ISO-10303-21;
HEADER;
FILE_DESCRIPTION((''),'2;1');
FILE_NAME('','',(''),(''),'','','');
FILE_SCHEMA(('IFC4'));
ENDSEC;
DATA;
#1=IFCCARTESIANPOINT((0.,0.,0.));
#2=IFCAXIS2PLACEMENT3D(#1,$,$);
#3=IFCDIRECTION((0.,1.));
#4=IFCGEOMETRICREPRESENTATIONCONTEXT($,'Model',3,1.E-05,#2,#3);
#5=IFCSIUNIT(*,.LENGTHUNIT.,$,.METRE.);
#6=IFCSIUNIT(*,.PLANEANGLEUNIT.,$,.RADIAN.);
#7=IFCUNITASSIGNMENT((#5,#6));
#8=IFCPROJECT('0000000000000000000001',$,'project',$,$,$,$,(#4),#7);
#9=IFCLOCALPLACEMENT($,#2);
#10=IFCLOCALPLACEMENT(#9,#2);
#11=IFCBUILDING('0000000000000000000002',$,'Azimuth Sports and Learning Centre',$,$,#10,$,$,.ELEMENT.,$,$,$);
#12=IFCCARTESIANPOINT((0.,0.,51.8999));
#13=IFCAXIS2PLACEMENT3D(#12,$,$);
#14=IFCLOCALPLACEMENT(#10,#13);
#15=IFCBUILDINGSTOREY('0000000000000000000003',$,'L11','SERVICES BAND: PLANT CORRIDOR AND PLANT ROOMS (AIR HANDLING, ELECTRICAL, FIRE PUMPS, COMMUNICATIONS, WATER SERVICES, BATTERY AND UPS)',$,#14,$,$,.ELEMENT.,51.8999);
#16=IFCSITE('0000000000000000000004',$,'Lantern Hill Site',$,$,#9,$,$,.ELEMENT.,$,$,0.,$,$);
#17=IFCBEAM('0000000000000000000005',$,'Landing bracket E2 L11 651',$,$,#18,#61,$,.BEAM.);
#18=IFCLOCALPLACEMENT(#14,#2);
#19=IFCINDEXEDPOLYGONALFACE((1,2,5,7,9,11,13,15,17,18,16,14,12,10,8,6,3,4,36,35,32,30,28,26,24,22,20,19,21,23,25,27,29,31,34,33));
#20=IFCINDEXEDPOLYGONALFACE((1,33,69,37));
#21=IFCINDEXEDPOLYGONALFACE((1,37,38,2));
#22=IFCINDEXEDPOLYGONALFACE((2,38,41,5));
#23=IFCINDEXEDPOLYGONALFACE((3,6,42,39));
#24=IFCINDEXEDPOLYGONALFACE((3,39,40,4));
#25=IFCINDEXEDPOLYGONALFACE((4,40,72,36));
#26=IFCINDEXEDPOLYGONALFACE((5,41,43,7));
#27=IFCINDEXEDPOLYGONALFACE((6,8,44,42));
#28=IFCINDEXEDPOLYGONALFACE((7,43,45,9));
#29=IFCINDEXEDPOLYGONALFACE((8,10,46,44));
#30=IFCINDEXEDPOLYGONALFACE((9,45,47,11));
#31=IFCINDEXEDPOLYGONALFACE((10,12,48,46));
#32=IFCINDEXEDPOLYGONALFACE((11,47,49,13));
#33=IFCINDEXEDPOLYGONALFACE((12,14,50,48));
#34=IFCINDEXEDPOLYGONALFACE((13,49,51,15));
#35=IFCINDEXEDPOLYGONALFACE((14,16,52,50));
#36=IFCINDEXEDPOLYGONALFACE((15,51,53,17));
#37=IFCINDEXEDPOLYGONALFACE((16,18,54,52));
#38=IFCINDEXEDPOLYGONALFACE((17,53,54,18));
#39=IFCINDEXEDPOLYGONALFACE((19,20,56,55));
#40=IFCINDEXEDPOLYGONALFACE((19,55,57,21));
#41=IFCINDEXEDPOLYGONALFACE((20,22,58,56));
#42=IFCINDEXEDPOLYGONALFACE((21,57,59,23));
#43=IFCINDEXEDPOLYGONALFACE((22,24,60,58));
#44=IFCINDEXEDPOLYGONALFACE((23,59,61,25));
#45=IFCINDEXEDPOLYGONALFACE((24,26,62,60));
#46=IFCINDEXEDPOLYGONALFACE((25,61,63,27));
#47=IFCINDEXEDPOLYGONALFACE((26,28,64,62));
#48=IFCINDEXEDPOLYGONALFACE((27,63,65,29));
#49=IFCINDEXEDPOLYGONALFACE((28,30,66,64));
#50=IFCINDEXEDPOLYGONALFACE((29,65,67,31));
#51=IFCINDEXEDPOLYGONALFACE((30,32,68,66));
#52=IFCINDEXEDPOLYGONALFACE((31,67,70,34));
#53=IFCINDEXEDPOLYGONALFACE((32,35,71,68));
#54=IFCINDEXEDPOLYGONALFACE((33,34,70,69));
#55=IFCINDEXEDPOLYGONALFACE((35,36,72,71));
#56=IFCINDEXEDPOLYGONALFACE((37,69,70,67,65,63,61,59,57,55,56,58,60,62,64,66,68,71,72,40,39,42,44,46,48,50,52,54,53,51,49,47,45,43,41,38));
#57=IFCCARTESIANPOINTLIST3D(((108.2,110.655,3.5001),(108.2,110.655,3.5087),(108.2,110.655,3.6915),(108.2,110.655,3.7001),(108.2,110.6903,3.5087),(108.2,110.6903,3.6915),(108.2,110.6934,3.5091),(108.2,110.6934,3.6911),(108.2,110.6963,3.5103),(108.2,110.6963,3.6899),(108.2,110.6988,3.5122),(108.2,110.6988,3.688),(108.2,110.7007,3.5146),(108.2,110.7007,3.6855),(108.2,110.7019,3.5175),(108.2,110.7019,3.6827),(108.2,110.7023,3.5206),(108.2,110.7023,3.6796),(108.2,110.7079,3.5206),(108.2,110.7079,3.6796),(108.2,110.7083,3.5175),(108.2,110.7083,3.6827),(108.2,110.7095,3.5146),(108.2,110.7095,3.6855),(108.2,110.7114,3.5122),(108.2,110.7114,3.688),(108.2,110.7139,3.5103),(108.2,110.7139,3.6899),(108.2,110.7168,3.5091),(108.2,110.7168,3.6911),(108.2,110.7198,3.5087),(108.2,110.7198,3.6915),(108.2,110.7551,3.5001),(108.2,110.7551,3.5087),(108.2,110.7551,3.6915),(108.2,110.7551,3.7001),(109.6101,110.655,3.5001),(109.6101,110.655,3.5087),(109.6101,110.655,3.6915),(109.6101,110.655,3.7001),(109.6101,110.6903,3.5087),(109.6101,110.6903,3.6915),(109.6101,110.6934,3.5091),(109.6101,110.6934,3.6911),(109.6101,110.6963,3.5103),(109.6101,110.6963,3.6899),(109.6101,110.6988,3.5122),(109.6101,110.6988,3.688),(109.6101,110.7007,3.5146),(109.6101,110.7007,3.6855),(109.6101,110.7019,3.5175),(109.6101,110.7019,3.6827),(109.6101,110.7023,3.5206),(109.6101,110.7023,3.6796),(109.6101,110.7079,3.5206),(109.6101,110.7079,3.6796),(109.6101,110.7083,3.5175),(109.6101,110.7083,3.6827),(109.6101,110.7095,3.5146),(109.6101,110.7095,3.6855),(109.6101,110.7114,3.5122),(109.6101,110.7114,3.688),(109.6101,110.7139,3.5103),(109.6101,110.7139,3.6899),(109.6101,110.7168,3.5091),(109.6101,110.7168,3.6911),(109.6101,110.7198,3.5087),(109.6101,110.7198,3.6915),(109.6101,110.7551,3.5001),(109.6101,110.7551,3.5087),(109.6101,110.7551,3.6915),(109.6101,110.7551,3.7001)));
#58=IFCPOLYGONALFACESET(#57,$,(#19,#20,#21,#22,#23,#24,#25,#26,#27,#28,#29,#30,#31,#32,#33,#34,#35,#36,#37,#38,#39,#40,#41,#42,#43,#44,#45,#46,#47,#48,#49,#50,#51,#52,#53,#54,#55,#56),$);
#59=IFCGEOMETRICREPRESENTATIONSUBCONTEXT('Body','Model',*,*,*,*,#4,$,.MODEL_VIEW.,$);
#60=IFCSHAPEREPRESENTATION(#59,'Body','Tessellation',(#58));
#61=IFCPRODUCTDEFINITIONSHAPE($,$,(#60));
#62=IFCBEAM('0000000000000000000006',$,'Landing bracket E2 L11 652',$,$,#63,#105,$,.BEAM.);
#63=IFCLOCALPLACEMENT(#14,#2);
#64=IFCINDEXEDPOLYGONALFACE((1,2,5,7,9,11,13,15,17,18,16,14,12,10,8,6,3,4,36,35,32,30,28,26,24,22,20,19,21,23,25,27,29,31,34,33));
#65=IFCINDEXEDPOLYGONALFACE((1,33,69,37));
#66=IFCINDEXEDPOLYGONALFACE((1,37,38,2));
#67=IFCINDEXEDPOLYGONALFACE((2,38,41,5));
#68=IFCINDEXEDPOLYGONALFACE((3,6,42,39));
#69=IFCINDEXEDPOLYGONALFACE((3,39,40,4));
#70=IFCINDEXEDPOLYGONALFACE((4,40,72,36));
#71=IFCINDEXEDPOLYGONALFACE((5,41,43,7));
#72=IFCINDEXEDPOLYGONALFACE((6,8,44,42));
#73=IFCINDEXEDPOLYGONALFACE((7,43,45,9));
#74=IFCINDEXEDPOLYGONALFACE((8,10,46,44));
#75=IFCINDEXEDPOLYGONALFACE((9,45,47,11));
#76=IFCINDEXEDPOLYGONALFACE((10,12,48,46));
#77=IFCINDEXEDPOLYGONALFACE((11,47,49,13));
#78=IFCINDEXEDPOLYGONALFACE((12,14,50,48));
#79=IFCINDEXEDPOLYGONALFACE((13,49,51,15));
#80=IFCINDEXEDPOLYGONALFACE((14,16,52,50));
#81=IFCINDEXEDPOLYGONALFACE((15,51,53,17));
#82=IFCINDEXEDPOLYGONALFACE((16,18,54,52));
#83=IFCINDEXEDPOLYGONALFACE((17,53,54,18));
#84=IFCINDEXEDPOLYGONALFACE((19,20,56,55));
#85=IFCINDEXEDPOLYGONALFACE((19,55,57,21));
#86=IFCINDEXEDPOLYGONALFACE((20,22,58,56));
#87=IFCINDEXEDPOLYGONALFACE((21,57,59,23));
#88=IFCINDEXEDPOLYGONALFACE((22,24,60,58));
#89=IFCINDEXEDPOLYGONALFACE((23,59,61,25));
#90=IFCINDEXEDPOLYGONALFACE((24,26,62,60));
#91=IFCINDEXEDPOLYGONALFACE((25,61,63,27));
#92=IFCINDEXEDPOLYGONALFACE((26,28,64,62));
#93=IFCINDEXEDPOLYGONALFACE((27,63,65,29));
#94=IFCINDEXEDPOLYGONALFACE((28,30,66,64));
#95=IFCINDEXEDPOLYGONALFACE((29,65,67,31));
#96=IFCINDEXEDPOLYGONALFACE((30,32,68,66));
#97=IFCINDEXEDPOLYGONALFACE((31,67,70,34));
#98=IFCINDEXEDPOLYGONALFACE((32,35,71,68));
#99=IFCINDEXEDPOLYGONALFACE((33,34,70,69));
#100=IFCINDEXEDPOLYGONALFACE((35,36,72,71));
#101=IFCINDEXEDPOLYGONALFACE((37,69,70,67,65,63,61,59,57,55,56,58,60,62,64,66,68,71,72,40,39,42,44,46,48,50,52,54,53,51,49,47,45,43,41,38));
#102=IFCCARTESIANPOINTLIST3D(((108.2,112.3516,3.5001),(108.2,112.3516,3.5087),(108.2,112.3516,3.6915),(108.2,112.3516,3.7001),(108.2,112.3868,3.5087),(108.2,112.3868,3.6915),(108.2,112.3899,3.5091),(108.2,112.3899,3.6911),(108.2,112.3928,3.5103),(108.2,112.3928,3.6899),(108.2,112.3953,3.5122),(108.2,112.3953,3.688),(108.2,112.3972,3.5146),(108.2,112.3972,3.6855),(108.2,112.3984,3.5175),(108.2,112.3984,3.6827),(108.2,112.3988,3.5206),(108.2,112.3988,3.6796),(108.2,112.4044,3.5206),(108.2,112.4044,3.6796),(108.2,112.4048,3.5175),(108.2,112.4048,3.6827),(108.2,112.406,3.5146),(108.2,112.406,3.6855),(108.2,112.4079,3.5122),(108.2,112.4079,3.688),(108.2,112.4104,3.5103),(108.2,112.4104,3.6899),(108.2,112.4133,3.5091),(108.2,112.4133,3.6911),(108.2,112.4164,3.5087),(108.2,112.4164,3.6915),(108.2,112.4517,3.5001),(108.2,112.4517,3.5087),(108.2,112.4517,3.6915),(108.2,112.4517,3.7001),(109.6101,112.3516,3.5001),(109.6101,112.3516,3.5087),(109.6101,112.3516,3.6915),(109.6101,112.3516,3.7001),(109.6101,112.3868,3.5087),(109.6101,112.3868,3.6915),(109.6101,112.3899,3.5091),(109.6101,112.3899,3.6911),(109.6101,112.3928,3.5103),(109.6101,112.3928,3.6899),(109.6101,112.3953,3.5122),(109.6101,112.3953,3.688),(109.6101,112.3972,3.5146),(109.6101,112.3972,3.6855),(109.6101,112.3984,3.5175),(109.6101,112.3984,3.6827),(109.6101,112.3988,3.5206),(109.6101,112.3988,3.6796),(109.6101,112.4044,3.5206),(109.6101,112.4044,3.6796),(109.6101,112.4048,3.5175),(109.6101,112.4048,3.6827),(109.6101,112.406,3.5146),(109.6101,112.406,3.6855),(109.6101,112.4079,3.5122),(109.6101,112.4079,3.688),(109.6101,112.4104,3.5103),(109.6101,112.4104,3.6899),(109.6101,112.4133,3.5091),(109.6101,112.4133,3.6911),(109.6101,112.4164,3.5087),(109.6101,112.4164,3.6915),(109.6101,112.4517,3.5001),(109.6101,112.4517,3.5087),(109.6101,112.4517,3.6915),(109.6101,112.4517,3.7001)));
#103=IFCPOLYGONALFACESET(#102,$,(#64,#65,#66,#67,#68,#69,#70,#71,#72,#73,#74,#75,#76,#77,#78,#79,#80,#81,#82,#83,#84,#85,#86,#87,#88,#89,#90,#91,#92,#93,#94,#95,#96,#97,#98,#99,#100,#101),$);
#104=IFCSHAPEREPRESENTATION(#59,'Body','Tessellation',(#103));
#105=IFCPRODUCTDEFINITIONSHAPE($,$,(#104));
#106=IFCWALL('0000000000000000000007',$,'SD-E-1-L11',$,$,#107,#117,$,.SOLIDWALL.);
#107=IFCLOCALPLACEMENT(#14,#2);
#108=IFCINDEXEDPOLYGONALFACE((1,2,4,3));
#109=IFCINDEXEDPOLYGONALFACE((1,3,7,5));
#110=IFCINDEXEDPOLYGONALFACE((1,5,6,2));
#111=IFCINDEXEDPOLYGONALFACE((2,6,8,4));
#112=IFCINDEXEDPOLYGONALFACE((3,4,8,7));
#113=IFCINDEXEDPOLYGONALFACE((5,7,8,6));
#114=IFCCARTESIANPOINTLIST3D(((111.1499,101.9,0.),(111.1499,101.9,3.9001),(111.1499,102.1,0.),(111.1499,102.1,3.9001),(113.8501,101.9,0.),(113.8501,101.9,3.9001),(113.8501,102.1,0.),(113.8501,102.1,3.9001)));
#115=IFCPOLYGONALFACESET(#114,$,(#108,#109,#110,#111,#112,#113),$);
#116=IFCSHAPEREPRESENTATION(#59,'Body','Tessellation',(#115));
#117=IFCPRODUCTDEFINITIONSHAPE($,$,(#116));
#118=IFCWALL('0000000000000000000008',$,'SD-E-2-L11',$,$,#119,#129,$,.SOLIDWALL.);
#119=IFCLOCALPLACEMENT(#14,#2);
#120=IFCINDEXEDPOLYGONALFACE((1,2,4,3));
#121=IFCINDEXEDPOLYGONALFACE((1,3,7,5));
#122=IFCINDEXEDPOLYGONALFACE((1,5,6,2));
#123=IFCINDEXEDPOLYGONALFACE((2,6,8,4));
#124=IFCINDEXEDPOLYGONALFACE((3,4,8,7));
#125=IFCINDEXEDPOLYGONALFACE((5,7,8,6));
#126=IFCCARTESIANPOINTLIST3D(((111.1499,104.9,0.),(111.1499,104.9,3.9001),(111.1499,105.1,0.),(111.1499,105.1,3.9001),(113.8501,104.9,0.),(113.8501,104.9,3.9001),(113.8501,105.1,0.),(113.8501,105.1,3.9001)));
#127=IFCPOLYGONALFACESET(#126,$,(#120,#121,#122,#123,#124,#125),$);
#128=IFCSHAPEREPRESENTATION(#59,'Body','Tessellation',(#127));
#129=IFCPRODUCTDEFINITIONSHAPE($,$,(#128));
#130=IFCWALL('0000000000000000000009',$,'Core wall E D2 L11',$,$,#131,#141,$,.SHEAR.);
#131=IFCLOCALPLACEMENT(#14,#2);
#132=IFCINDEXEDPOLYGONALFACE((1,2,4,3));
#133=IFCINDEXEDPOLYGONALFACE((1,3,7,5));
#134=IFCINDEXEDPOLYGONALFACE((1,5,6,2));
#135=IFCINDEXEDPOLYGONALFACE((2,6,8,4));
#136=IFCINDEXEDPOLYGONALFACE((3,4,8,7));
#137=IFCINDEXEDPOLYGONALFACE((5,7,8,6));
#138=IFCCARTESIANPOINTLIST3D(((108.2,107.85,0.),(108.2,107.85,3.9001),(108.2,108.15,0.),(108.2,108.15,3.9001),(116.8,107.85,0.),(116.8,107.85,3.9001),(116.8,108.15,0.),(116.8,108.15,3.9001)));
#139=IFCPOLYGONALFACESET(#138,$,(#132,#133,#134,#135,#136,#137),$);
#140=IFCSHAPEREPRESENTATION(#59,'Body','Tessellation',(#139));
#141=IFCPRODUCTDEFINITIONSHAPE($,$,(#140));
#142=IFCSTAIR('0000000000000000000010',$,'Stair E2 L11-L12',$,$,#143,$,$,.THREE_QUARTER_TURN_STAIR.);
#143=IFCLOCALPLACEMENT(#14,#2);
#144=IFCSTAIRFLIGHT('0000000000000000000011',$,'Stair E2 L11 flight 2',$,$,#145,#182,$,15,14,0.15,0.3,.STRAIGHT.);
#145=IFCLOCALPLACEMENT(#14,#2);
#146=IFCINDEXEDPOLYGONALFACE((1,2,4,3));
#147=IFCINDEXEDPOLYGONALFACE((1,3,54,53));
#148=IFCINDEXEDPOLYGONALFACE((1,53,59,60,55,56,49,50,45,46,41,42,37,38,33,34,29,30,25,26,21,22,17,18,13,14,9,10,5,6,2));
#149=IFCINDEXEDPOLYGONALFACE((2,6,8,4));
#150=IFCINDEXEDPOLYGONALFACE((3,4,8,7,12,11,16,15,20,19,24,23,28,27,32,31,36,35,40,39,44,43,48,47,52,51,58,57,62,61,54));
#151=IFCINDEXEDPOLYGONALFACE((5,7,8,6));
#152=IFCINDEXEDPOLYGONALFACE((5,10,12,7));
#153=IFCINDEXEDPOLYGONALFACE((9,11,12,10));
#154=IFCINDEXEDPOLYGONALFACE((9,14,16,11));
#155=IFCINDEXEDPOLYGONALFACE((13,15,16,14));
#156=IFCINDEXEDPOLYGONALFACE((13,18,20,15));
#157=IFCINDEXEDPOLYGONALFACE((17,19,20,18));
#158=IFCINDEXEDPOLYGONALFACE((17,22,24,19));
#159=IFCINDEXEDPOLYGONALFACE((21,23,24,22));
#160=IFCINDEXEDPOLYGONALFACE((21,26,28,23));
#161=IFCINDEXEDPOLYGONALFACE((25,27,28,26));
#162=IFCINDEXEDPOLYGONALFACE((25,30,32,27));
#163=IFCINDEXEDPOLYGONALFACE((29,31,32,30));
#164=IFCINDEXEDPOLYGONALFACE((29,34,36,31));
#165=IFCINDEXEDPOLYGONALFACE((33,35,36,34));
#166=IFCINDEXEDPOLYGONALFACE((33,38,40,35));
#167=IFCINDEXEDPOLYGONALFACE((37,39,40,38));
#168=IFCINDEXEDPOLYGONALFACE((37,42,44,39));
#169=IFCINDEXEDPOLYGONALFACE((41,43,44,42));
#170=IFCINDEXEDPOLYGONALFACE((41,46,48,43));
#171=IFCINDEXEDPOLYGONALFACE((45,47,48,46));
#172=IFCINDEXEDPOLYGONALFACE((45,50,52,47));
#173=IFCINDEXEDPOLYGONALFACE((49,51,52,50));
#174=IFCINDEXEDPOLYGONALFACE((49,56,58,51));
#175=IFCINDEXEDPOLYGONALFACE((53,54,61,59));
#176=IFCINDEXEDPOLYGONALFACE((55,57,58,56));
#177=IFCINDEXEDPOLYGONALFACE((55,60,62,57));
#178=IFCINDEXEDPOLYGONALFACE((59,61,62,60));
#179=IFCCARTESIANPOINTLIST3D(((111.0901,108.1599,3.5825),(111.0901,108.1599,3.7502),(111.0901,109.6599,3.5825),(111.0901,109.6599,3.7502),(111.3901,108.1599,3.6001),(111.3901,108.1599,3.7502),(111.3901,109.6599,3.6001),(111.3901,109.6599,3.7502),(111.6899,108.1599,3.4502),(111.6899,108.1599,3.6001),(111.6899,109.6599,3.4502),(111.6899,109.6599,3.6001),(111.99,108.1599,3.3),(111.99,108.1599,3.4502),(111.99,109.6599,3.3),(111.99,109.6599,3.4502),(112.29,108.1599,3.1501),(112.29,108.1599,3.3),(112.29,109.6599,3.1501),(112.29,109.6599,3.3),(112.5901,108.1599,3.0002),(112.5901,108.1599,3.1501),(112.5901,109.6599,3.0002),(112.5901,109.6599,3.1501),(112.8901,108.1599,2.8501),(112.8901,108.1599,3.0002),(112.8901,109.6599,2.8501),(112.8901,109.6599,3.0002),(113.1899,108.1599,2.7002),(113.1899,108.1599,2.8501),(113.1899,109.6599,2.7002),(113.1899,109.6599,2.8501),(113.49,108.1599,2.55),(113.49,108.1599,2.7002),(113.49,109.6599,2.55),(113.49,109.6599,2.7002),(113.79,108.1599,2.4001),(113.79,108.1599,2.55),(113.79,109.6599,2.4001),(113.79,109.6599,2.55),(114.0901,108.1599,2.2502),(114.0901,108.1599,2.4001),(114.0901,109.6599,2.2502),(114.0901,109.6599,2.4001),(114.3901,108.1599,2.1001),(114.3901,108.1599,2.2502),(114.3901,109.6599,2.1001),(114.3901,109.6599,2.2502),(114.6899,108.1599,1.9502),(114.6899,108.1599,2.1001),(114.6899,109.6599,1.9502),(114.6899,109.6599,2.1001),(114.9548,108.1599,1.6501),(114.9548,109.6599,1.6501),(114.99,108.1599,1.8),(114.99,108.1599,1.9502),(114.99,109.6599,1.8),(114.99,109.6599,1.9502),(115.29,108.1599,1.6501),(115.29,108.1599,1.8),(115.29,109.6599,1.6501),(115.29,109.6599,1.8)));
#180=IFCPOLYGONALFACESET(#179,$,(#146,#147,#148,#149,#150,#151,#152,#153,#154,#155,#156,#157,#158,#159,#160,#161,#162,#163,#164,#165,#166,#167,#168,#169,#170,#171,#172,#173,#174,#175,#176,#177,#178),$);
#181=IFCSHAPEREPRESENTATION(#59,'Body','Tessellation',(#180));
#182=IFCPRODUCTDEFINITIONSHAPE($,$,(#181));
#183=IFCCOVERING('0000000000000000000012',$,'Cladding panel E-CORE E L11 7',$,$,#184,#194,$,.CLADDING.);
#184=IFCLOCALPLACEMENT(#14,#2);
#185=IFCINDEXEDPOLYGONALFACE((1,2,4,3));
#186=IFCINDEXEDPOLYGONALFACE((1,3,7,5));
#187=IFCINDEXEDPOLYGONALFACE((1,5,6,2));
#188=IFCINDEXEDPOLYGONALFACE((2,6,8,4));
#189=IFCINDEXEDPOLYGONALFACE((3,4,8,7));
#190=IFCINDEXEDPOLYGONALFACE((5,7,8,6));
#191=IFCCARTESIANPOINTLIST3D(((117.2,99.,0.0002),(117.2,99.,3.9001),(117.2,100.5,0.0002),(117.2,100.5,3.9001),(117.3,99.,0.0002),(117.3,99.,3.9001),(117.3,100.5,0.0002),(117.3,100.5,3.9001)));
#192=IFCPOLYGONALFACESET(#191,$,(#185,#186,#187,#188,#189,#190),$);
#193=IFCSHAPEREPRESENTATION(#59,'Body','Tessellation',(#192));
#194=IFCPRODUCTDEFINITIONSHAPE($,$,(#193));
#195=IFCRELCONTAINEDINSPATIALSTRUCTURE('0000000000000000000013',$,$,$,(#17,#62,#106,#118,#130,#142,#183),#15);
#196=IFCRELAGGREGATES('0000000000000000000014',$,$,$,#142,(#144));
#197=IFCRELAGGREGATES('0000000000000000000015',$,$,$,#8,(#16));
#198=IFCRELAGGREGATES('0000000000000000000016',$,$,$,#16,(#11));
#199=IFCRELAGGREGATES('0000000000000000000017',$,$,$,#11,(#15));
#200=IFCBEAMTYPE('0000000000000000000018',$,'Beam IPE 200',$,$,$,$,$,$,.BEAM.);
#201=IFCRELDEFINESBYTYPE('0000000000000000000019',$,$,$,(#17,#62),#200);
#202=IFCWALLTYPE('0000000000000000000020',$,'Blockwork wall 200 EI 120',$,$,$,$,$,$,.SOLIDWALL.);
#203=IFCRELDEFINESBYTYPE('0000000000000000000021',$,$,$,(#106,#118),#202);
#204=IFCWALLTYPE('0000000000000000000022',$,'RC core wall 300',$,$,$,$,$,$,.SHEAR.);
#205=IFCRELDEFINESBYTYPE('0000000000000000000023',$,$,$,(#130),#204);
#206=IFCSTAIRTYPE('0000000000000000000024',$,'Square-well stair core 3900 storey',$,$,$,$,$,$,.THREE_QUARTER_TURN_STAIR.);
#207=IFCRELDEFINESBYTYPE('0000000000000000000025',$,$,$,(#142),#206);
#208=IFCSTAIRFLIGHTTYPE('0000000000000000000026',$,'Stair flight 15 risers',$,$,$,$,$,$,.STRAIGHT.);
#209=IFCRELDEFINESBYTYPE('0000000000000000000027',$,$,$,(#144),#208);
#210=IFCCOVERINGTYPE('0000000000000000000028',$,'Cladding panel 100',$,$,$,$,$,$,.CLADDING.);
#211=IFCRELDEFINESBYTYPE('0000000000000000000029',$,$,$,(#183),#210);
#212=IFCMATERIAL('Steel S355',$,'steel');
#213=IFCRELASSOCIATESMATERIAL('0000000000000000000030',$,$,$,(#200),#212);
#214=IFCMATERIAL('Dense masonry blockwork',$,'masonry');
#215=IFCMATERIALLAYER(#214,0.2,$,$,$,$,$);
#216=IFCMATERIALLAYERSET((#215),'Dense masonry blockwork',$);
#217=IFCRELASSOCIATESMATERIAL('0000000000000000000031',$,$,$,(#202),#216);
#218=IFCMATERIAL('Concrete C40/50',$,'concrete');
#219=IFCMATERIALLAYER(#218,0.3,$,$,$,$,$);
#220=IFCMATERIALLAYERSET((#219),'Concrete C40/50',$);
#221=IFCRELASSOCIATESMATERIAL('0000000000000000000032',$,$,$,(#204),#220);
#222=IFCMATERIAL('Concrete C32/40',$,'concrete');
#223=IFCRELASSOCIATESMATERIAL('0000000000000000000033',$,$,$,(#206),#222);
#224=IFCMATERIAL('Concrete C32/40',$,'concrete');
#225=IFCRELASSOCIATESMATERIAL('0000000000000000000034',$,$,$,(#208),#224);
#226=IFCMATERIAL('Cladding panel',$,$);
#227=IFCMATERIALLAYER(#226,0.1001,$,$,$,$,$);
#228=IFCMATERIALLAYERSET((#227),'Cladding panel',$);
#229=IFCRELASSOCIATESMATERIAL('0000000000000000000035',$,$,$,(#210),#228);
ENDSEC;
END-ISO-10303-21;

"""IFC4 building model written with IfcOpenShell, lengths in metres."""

from ifc_helpers import new_model, si_unit, direction, frame, frame_2d, origin, origin_2d, place, context, subcontext, project, spatial, polyline, rectangle, i_section, outline, extrude, material, layer, layer_set, material_profile, profile_set, type_object, element, aggregate, save


model = new_model("IFC4")

# Units and contexts
model_context = context("Model", 3, precision=1e-05, world=origin(), true_north=direction((0.0, 1.0)))
body_context = subcontext(model_context, "Body", "Model", "MODEL_VIEW")
ifc_project = project(units=[si_unit("LENGTHUNIT", "METRE"), si_unit("PLANEANGLEUNIT", "RADIAN")], contexts=[model_context])

# Site, building, storey
site_placement = place(None, origin())
site = spatial("IfcSite", under=ifc_project, at=site_placement, Name="Lantern Hill Site", CompositionType="ELEMENT", RefElevation=0.0)
building_placement = place(site_placement, origin())
building = spatial("IfcBuilding", under=site, at=building_placement, Name="Azimuth Sports and Learning Centre", CompositionType="ELEMENT")
storey_placement = place(building_placement, frame((0.0, 0.0, 51.8999)))
storey = spatial("IfcBuildingStorey", under=building, at=storey_placement, Name="L11", Description="SERVICES BAND: PLANT CORRIDOR AND PLANT ROOMS (AIR HANDLING, ELECTRICAL, FIRE PUMPS, COMMUNICATIONS, WATER SERVICES, BATTERY AND UPS)", CompositionType="ELEMENT", Elevation=51.8999)

# Beams
ifc_material_1 = material(Name="Steel S355", Category="steel")
ifc_material_profile = material_profile(ifc_material_1, i_section(OverallWidth=0.1001, OverallDepth=0.2, WebThickness=0.0056, FlangeThickness=0.0085, FilletRadius=0.012, at=origin_2d()), Name="IPE 200")
ifc_profile_set = profile_set([ifc_material_profile], Name="Steel S355")
beam_type = type_object("IfcBeamType", Name="Beam IPE 200", PredefinedType="BEAM", material=ifc_profile_set)
for number, where, z_axis, x_axis, name in (
    (1, (108.2, 110.7051, 3.6001), (1.0, 0.0, 0.0), (0.0, 1.0, 0.0), "Landing bracket E2 L11 651"),
    (2, (108.2, 112.4016, 3.6001), (1.0, 0.0, 0.0), (0.0, 1.0, 0.0), "Landing bracket E2 L11 652"),
):
    element("IfcBeam", number, at=place(storey_placement, frame(where, z_axis=z_axis, x_axis=x_axis)), inside=storey, type_object=beam_type, Name=name, PredefinedType="BEAM", context=body_context, shape_type="SweptSolid", body=[
        extrude(i_section(OverallWidth=0.1001, OverallDepth=0.2, WebThickness=0.0056, FlangeThickness=0.0085, FilletRadius=0.012, at=origin_2d()), origin(), (0.0, 0.0, 1.0), 1.4102),
    ])

# Walls
ifc_material_2 = material(Name="Dense masonry blockwork", Category="masonry")
ifc_layer_1 = layer(ifc_material_2, 0.2)
ifc_layer_set_1 = layer_set([ifc_layer_1], Name="Dense masonry blockwork")
wall_type_1 = type_object("IfcWallType", Name="Blockwork wall 200 EI 120", PredefinedType="SOLIDWALL", material=ifc_layer_set_1)
for number, where, z_axis, x_axis, name in (
    (3, (111.1499, 102.0, 0.0), (0.0, 0.0, 1.0), (1.0, 0.0, 0.0), "SD-E-1-L11"),
    (4, (111.1499, 105.0, 0.0), (0.0, 0.0, 1.0), (1.0, 0.0, 0.0), "SD-E-2-L11"),
):
    element("IfcWall", number, at=place(storey_placement, frame(where, z_axis=z_axis, x_axis=x_axis)), inside=storey, type_object=wall_type_1, Name=name, PredefinedType="SOLIDWALL", context=body_context, shape_type="SweptSolid", body=[
        extrude(rectangle(XDim=2.7002, YDim=0.2, at=frame_2d((1.3501, 0.0))), origin(), (0.0, 0.0, 1.0), 3.9001),
    ])
ifc_material_3 = material(Name="Concrete C40/50", Category="concrete")
ifc_layer_2 = layer(ifc_material_3, 0.3)
ifc_layer_set_2 = layer_set([ifc_layer_2], Name="Concrete C40/50")
wall_type_2 = type_object("IfcWallType", Name="RC core wall 300", PredefinedType="SHEAR", material=ifc_layer_set_2)
wall_placement = place(storey_placement, frame((108.2, 108.0, 0.0), z_axis=(0.0, 0.0, 1.0), x_axis=(1.0, 0.0, 0.0)))
element("IfcWall", 5, at=wall_placement, inside=storey, type_object=wall_type_2, Name="Core wall E D2 L11", PredefinedType="SHEAR", context=body_context, shape_type="SweptSolid", body=[
    extrude(rectangle(XDim=8.6001, YDim=0.3, at=frame_2d((4.3, 0.0))), origin(), (0.0, 0.0, 1.0), 3.9001),
])

# Stair, stair flight
ifc_material_4 = material(Name="Concrete C32/40", Category="concrete")
stair_type = type_object("IfcStairType", Name="Square-well stair core 3900 storey", PredefinedType="THREE_QUARTER_TURN_STAIR", material=ifc_material_4)
stair_placement = place(storey_placement, origin())
stair = element("IfcStair", 6, at=stair_placement, inside=storey, type_object=stair_type, Name="Stair E2 L11-L12", PredefinedType="THREE_QUARTER_TURN_STAIR")
ifc_material_5 = material(Name="Concrete C32/40", Category="concrete")
stair_flight_type = type_object("IfcStairFlightType", Name="Stair flight 15 risers", PredefinedType="STRAIGHT", material=ifc_material_5)
stair_flight_placement = place(storey_placement, frame((115.29, 108.9099, 1.6501), z_axis=(0.0, 0.0, 1.0), x_axis=(-1.0, 0.0, 0.0)))
stair_flight = element("IfcStairFlight", 7, at=stair_flight_placement, type_object=stair_flight_type, Name="Stair E2 L11 flight 2", NumberOfRisers=15, NumberOfTreads=14, PredefinedType="STRAIGHT", RiserHeight=0.15, TreadLength=0.3, context=body_context, shape_type="SweptSolid", body=[
    extrude(outline(polyline([(0.0, 0.0), (0.0, 0.1499), (0.3, 0.1499), (0.3, 0.3), (0.6001, 0.3), (0.6001, 0.45), (0.8999, 0.45), (0.8999, 0.6001), (1.2, 0.6001), (1.2, 0.75), (1.5, 0.75), (1.5, 0.8999), (1.8, 0.8999), (1.8, 1.05), (2.1001, 1.05), (2.1001, 1.2), (2.3999, 1.2), (2.3999, 1.3501), (2.7, 1.3501), (2.7, 1.5), (3.0, 1.5), (3.0, 1.6499), (3.3, 1.6499), (3.3, 1.8), (3.6001, 1.8), (3.6001, 1.95), (3.8999, 1.95), (3.8999, 2.1001), (4.2, 2.1001), (4.2, 2.25), (4.2, 1.9324), (0.3352, 0.0), (0.0, 0.0)])), frame((0.0, 0.75, 0.0), z_axis=(0.0, -1.0, 0.0), x_axis=(1.0, 0.0, 0.0)), (0.0, 0.0, 1.0), 1.5),
])
aggregate(stair, [stair_flight])

# Covering
ifc_material_6 = material(Name="Cladding panel")
ifc_layer_3 = layer(ifc_material_6, 0.1001)
ifc_layer_set_3 = layer_set([ifc_layer_3], Name="Cladding panel")
covering_type = type_object("IfcCoveringType", Name="Cladding panel 100", PredefinedType="CLADDING", material=ifc_layer_set_3)
for number, where, z_axis, x_axis, name in (
    (8, (117.25, 99.75, 0.0002), (0.0, 0.0, 1.0), (0.0, 1.0, 0.0), "Cladding panel E-CORE E L11 7"),
):
    element("IfcCovering", number, at=place(storey_placement, frame(where, z_axis=z_axis, x_axis=x_axis)), inside=storey, type_object=covering_type, Name=name, PredefinedType="CLADDING", context=body_context, shape_type="SweptSolid", body=[
        extrude(rectangle(XDim=1.5, YDim=0.1001, at=origin_2d()), origin(), (0.0, 0.0, 1.0), 3.8999),
    ])

save(model, "model.ifc")
